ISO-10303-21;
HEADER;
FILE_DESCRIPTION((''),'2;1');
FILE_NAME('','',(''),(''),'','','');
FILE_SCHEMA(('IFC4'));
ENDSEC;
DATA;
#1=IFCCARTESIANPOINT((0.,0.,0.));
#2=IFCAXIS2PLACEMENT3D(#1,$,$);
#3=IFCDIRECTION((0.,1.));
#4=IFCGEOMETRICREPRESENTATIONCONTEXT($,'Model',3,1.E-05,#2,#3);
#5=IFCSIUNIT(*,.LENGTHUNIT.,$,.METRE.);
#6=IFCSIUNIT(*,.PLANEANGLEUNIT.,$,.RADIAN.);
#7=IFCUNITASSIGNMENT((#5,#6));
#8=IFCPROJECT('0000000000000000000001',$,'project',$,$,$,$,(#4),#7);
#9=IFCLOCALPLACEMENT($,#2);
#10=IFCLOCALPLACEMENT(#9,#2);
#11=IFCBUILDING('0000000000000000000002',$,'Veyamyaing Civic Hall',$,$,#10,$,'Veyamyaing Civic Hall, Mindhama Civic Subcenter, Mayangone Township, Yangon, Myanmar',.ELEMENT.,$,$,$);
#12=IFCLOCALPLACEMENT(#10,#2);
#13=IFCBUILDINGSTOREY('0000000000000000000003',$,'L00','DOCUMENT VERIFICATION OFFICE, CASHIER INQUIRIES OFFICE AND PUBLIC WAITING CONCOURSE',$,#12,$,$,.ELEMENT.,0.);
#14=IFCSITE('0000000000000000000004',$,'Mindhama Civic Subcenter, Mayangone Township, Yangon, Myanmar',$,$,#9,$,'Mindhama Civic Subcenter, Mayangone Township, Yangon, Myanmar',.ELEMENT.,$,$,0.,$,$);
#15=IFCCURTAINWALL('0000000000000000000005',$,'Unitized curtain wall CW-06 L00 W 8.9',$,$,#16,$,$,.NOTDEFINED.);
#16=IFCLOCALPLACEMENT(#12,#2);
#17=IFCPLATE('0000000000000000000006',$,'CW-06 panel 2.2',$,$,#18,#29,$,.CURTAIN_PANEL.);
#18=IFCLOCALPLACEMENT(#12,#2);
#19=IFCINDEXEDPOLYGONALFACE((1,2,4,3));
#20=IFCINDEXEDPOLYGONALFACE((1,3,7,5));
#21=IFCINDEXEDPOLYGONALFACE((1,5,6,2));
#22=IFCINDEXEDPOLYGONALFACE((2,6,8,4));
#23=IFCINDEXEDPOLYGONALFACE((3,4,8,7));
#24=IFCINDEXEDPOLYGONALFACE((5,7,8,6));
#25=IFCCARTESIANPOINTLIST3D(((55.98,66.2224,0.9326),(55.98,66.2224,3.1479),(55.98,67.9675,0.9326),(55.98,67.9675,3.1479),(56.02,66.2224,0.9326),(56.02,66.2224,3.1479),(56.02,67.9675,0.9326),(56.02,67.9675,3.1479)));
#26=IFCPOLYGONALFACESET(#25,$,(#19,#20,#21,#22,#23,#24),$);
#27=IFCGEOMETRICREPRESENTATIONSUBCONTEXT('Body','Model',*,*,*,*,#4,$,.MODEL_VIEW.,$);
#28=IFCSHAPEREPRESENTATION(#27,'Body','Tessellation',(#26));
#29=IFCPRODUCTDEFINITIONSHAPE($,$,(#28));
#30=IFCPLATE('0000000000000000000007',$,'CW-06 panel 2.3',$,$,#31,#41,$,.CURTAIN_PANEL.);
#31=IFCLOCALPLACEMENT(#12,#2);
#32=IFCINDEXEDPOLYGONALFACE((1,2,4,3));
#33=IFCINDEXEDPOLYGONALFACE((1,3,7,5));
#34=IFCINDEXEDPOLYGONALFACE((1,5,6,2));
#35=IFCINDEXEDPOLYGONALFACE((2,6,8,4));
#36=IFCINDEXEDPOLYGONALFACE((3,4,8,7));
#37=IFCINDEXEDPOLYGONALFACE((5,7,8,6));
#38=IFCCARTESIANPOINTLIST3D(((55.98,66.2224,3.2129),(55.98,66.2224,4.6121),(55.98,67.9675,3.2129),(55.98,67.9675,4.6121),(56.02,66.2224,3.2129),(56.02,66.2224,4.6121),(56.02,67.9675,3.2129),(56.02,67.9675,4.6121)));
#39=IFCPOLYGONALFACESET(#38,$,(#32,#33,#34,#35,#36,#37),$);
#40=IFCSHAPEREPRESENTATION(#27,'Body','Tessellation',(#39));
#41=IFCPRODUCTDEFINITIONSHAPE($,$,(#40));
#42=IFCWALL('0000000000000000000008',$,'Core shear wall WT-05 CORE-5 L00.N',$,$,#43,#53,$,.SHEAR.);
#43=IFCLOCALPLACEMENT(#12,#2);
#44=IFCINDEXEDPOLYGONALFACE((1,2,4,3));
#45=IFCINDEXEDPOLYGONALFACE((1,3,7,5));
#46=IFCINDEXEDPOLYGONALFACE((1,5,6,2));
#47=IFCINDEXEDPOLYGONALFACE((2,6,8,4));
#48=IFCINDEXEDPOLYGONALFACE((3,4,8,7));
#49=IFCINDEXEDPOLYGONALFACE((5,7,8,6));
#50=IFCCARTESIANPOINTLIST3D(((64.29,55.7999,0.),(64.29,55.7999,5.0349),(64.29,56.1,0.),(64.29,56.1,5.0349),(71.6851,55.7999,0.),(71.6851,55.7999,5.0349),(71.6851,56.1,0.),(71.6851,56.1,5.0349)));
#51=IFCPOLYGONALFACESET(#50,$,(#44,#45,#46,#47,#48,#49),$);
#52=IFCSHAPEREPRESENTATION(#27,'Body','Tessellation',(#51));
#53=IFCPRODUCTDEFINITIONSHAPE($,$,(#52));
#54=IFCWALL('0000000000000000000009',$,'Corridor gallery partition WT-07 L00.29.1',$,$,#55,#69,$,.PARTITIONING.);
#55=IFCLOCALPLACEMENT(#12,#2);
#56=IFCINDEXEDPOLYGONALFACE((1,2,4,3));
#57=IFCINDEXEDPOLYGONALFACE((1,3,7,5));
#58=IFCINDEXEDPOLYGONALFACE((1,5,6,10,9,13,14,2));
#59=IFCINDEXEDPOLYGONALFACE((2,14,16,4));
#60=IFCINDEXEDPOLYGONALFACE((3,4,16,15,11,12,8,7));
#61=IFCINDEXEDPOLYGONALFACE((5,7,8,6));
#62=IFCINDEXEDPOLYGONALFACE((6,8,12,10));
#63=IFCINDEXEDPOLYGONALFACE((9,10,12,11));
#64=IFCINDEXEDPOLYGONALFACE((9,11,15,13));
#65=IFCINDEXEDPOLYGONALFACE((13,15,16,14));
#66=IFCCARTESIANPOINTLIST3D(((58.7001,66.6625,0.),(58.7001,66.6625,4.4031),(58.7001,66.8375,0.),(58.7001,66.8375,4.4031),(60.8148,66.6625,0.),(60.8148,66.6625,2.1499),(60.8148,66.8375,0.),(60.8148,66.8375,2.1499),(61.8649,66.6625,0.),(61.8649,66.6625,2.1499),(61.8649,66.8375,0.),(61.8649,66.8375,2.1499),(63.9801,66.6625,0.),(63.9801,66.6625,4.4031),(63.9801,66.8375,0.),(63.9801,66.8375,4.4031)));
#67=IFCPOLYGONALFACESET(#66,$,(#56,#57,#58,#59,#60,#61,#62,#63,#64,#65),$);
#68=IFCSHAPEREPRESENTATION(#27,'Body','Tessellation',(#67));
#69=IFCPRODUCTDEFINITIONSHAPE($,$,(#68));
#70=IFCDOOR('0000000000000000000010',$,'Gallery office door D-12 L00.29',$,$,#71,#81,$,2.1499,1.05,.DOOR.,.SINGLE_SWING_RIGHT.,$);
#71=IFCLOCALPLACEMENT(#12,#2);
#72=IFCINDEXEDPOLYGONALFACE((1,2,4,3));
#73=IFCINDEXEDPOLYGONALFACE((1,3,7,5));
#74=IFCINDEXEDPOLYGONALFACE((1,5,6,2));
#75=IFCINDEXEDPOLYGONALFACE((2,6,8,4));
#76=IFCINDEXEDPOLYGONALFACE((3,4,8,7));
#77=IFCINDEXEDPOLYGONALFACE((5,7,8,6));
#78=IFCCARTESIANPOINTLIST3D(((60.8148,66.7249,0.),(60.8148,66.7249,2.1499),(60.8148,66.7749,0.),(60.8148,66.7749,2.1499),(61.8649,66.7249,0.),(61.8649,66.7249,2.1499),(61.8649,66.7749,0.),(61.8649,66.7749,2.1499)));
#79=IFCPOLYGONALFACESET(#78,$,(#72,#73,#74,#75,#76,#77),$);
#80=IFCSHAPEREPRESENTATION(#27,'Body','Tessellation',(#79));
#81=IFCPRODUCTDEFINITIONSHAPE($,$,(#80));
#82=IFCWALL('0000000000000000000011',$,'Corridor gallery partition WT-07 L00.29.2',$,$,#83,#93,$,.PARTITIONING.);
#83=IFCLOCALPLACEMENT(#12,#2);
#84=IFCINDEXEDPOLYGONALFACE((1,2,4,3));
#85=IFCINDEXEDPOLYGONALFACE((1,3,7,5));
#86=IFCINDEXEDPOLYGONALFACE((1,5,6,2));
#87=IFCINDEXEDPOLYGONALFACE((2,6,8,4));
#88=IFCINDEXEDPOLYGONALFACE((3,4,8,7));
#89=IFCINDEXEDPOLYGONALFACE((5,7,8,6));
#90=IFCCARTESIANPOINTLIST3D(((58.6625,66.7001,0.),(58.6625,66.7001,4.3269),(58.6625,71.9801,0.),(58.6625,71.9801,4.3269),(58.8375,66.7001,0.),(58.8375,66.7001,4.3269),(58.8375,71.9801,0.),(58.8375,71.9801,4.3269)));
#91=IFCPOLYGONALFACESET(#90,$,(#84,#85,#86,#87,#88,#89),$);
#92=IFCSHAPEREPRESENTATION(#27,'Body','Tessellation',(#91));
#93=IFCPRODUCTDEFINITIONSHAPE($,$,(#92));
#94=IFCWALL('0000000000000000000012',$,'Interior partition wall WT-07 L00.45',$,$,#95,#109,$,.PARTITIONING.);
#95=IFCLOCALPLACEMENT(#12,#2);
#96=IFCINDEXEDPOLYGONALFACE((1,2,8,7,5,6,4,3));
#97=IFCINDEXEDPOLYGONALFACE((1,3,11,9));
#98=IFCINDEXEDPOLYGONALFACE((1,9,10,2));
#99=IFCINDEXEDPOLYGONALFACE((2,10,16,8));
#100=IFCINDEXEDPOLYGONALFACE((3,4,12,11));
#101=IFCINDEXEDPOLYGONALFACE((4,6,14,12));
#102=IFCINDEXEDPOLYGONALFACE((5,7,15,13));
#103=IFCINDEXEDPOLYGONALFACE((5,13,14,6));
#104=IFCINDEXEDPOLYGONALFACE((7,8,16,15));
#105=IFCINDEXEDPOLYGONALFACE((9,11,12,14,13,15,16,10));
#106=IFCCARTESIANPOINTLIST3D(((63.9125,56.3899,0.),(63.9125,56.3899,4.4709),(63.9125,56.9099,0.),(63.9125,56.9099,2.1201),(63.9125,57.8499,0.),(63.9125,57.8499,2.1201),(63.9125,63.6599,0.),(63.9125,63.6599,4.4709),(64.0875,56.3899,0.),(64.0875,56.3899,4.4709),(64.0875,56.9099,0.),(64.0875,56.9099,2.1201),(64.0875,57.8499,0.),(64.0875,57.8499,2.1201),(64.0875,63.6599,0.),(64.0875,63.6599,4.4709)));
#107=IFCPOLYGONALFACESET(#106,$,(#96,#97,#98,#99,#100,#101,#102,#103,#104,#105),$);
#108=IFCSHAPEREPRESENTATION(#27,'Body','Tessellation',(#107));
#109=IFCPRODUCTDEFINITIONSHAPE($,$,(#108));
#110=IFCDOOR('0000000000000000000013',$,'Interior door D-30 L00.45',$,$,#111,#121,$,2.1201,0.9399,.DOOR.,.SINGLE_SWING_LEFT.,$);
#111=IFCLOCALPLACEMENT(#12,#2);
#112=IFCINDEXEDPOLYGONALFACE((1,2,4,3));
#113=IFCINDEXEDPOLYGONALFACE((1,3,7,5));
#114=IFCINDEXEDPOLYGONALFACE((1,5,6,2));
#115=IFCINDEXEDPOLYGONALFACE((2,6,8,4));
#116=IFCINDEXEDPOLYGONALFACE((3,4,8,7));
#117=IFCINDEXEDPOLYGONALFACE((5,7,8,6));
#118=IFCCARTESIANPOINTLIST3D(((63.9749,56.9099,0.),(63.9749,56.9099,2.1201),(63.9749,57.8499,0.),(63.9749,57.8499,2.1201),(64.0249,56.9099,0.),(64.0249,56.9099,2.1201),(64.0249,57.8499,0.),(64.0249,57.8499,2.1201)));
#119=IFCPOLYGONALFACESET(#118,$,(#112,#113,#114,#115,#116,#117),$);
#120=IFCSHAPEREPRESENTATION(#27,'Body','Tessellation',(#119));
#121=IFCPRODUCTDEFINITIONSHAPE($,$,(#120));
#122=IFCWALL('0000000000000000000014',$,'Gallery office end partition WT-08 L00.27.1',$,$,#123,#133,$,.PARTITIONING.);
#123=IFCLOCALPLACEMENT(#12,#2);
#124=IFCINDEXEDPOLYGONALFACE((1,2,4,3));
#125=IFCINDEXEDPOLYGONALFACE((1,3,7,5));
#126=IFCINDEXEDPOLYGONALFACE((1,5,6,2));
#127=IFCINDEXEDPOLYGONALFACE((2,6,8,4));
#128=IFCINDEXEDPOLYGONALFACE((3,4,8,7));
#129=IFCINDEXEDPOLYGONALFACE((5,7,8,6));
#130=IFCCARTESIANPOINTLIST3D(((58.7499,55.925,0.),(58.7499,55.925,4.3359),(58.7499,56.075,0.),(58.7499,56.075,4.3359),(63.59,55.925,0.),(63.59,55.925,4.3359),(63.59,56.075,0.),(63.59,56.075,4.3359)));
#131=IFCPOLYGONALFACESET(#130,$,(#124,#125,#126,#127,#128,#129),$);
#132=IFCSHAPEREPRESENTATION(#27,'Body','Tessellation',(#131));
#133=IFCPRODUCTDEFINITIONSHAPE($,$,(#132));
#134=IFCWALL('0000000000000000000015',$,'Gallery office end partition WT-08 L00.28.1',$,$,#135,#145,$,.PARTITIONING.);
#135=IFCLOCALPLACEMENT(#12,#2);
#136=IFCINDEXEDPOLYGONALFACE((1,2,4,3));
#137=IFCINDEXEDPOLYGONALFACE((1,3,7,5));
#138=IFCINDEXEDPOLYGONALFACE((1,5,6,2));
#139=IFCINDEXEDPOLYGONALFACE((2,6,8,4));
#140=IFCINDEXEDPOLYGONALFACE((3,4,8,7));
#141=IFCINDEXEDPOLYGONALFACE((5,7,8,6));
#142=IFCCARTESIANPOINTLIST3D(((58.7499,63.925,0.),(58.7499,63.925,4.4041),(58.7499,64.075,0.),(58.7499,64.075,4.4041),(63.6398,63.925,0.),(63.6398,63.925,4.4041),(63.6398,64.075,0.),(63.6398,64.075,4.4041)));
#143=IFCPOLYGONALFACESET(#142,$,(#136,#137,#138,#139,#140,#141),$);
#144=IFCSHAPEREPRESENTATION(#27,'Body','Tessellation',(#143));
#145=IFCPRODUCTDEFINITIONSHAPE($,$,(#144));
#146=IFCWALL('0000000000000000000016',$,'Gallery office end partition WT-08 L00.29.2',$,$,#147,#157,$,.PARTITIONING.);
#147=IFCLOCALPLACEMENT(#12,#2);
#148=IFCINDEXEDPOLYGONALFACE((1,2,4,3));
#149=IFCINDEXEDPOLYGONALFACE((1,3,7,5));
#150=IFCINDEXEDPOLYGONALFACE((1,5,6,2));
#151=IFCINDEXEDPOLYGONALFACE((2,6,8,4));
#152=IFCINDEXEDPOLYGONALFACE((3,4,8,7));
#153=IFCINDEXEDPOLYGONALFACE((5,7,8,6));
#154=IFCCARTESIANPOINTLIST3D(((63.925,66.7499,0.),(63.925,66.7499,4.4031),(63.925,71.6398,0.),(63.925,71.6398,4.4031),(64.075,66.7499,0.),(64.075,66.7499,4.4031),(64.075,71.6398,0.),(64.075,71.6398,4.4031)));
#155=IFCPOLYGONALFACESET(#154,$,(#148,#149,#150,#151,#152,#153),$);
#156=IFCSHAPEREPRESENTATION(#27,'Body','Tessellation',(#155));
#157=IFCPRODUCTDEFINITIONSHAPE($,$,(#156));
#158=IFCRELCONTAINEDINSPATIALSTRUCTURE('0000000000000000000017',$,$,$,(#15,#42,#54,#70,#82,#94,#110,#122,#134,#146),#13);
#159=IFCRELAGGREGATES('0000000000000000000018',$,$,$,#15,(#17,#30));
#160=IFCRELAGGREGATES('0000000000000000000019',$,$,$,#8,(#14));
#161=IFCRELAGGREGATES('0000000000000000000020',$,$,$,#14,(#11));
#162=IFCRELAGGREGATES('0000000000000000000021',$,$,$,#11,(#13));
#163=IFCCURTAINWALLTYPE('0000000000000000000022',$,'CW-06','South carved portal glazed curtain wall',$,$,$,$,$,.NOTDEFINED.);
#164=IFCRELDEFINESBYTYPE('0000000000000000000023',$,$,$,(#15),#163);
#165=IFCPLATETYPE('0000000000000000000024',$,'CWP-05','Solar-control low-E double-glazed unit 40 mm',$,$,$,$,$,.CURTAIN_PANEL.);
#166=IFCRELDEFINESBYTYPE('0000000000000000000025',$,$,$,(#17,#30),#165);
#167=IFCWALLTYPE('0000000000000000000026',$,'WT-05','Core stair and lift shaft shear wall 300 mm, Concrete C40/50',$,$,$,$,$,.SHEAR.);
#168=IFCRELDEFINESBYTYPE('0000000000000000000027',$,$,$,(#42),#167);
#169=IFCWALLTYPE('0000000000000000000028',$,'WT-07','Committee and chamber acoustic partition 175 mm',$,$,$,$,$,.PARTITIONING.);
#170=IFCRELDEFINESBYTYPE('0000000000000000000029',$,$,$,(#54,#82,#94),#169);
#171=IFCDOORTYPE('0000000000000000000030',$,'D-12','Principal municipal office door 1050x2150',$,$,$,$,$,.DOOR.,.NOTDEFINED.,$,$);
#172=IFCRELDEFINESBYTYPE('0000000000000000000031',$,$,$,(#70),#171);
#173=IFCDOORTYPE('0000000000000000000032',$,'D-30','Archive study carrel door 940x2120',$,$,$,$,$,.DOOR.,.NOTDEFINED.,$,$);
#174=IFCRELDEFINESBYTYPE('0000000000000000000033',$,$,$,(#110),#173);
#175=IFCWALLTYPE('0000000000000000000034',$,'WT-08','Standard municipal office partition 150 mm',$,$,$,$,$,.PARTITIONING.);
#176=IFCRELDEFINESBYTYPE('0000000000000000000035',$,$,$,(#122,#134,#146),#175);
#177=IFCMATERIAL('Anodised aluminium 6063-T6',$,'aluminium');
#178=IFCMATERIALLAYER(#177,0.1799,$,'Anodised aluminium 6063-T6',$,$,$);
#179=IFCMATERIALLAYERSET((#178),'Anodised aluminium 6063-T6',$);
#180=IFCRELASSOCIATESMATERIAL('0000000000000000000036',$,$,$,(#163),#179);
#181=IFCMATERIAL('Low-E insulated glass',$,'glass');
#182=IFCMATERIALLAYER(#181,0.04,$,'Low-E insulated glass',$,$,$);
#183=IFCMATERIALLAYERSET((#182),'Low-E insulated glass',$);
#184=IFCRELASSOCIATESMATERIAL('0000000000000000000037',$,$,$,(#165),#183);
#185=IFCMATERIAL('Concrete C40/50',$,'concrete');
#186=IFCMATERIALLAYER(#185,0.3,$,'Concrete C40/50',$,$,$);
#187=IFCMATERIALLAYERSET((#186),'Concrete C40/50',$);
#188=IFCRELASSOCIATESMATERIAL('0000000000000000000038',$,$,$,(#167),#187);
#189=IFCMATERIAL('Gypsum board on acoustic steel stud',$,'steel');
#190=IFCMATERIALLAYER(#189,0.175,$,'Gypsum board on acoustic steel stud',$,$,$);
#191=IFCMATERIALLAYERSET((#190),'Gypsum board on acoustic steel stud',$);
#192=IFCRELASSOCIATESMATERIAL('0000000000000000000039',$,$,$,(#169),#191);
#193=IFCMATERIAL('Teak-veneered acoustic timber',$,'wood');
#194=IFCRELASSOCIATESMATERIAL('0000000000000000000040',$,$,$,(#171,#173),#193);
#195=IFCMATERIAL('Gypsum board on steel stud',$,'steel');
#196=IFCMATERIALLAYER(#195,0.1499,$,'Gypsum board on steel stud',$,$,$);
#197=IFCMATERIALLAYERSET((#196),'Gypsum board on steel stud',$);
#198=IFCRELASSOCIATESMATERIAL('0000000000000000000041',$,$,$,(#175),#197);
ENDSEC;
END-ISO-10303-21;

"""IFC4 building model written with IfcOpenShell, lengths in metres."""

from ifc_helpers import new_model, si_unit, direction, frame, frame_2d, origin, origin_2d, place, context, subcontext, project, spatial, rectangle, extrude, material, layer, layer_set, type_object, element, fill, aggregate, save


model = new_model("IFC4")

# Units and contexts
model_context = context("Model", 3, precision=1e-05, world=origin(), true_north=direction((0.0, 1.0)))
body_context = subcontext(model_context, "Body", "Model", "MODEL_VIEW")
ifc_project = project(units=[si_unit("LENGTHUNIT", "METRE"), si_unit("PLANEANGLEUNIT", "RADIAN")], contexts=[model_context])

# Site, building, storey
site_placement = place(None, origin())
site = spatial("IfcSite", under=ifc_project, at=site_placement, Name="Mindhama Civic Subcenter, Mayangone Township, Yangon, Myanmar", LongName="Mindhama Civic Subcenter, Mayangone Township, Yangon, Myanmar", CompositionType="ELEMENT", RefElevation=0.0)
building_placement = place(site_placement, origin())
building = spatial("IfcBuilding", under=site, at=building_placement, Name="Veyamyaing Civic Hall", LongName="Veyamyaing Civic Hall, Mindhama Civic Subcenter, Mayangone Township, Yangon, Myanmar", CompositionType="ELEMENT")
storey_placement = place(building_placement, origin())
storey = spatial("IfcBuildingStorey", under=building, at=storey_placement, Name="L00", Description="DOCUMENT VERIFICATION OFFICE, CASHIER INQUIRIES OFFICE AND PUBLIC WAITING CONCOURSE", CompositionType="ELEMENT", Elevation=0.0)

# Curtain wall
ifc_material_1 = material(Name="Anodised aluminium 6063-T6", Category="aluminium")
ifc_layer_1 = layer(ifc_material_1, 0.1799, Name="Anodised aluminium 6063-T6")
ifc_layer_set_1 = layer_set([ifc_layer_1], Name="Anodised aluminium 6063-T6")
curtain_wall_type = type_object("IfcCurtainWallType", Name="CW-06", Description="South carved portal glazed curtain wall", PredefinedType="NOTDEFINED", material=ifc_layer_set_1)
curtain_wall_placement = place(storey_placement, origin())
curtain_wall = element("IfcCurtainWall", 1, at=curtain_wall_placement, inside=storey, type_object=curtain_wall_type, Name="Unitized curtain wall CW-06 L00 W 8.9", PredefinedType="NOTDEFINED")

# Plates
ifc_material_2 = material(Name="Low-E insulated glass", Category="glass")
ifc_layer_2 = layer(ifc_material_2, 0.04, Name="Low-E insulated glass")
ifc_layer_set_2 = layer_set([ifc_layer_2], Name="Low-E insulated glass")
plate_type = type_object("IfcPlateType", Name="CWP-05", Description="Solar-control low-E double-glazed unit 40 mm", PredefinedType="CURTAIN_PANEL", material=ifc_layer_set_2)
plate_1_placement = place(storey_placement, frame((56.0, 67.095, 0.9326), z_axis=(0.0, 0.0, 1.0), x_axis=(0.0, 1.0, 0.0)))
plate_1 = element("IfcPlate", 2, at=plate_1_placement, type_object=plate_type, Name="CW-06 panel 2.2", PredefinedType="CURTAIN_PANEL", context=body_context, shape_type="SweptSolid", body=[
    extrude(rectangle(XDim=1.7451, YDim=0.04, at=origin_2d()), origin(), (0.0, 0.0, 1.0), 2.2153),
])
plate_2_placement = place(storey_placement, frame((56.0, 67.095, 3.2129), z_axis=(0.0, 0.0, 1.0), x_axis=(0.0, 1.0, 0.0)))
plate_2 = element("IfcPlate", 3, at=plate_2_placement, type_object=plate_type, Name="CW-06 panel 2.3", PredefinedType="CURTAIN_PANEL", context=body_context, shape_type="SweptSolid", body=[
    extrude(rectangle(XDim=1.7451, YDim=0.04, at=origin_2d()), origin(), (0.0, 0.0, 1.0), 1.3992),
])
aggregate(curtain_wall, [plate_1, plate_2])

# Wall
ifc_material_3 = material(Name="Concrete C40/50", Category="concrete")
ifc_layer_3 = layer(ifc_material_3, 0.3, Name="Concrete C40/50")
ifc_layer_set_3 = layer_set([ifc_layer_3], Name="Concrete C40/50")
wall_type_1 = type_object("IfcWallType", Name="WT-05", Description="Core stair and lift shaft shear wall 300 mm, Concrete C40/50", PredefinedType="SHEAR", material=ifc_layer_set_3)
wall_1_placement = place(storey_placement, frame((64.29, 55.95, 0.0), z_axis=(0.0, 0.0, 1.0), x_axis=(1.0, 0.0, 0.0)))
element("IfcWall", 4, at=wall_1_placement, inside=storey, type_object=wall_type_1, Name="Core shear wall WT-05 CORE-5 L00.N", PredefinedType="SHEAR", context=body_context, shape_type="SweptSolid", body=[
    extrude(rectangle(XDim=7.395, YDim=0.3, at=frame_2d((3.6975, 0.0))), origin(), (0.0, 0.0, 1.0), 5.0349),
])

# Wall, opening, door
ifc_material_4 = material(Name="Gypsum board on acoustic steel stud", Category="steel")
ifc_layer_4 = layer(ifc_material_4, 0.175, Name="Gypsum board on acoustic steel stud")
ifc_layer_set_4 = layer_set([ifc_layer_4], Name="Gypsum board on acoustic steel stud")
wall_type_2 = type_object("IfcWallType", Name="WT-07", Description="Committee and chamber acoustic partition 175 mm", PredefinedType="PARTITIONING", material=ifc_layer_set_4)
wall_2_placement = place(storey_placement, frame((58.7, 66.75, 0.0), z_axis=(0.0, 0.0, 1.0), x_axis=(1.0, 0.0, 0.0)))
wall_2 = element("IfcWall", 5, at=wall_2_placement, inside=storey, type_object=wall_type_2, Name="Corridor gallery partition WT-07 L00.29.1", PredefinedType="PARTITIONING", context=body_context, shape_type="SweptSolid", body=[
    extrude(rectangle(XDim=5.28, YDim=0.175, at=frame_2d((2.6401, 0.0))), origin(), (0.0, 0.0, 1.0), 4.4031),
])
opening_1_placement = place(wall_2_placement, frame((2.115, 0.0, 0.0)))
opening_1 = element("IfcOpeningElement", 6, at=opening_1_placement, cuts=wall_2, PredefinedType="OPENING", context=body_context, shape_type="SweptSolid", body=[
    extrude(rectangle(XDim=1.05, YDim=2.1499, at=frame_2d((0.5249, 1.075))), frame((0.0, 0.0974, 0.0), z_axis=(0.0, -1.0, 0.0), x_axis=(1.0, 0.0, 0.0)), (0.0, 0.0, 1.0), 0.1951),
])
ifc_material_5 = material(Name="Teak-veneered acoustic timber", Category="wood")
door_type_1 = type_object("IfcDoorType", Name="D-12", Description="Principal municipal office door 1050x2150", OperationType="NOTDEFINED", PredefinedType="DOOR", material=ifc_material_5)
door_1_placement = place(opening_1_placement, origin())
door_1 = element("IfcDoor", 7, at=door_1_placement, inside=storey, type_object=door_type_1, Name="Gallery office door D-12 L00.29", OperationType="SINGLE_SWING_RIGHT", OverallHeight=2.1499, OverallWidth=1.05, PredefinedType="DOOR", context=body_context, shape_type="SweptSolid", body=[
    extrude(rectangle(XDim=1.05, YDim=2.1499, at=frame_2d((0.5249, 1.075))), frame((0.0, 0.0249, 0.0), z_axis=(0.0, -1.0, 0.0), x_axis=(1.0, 0.0, 0.0)), (0.0, 0.0, 1.0), 0.05),
])
fill(opening_1, door_1)

# Wall
wall_3_placement = place(storey_placement, frame((58.75, 66.7, 0.0), z_axis=(0.0, 0.0, 1.0), x_axis=(0.0, 1.0, 0.0)))
element("IfcWall", 8, at=wall_3_placement, inside=storey, type_object=wall_type_2, Name="Corridor gallery partition WT-07 L00.29.2", PredefinedType="PARTITIONING", context=body_context, shape_type="SweptSolid", body=[
    extrude(rectangle(XDim=5.28, YDim=0.175, at=frame_2d((2.6401, 0.0))), origin(), (0.0, 0.0, 1.0), 4.3269),
])

# Wall, opening, door
wall_4_placement = place(storey_placement, frame((64.0, 56.3899, 0.0), z_axis=(0.0, 0.0, 1.0), x_axis=(0.0, 1.0, 0.0)))
wall_4 = element("IfcWall", 9, at=wall_4_placement, inside=storey, type_object=wall_type_2, Name="Interior partition wall WT-07 L00.45", PredefinedType="PARTITIONING", context=body_context, shape_type="SweptSolid", body=[
    extrude(rectangle(XDim=7.27, YDim=0.175, at=frame_2d((3.635, 0.0))), origin(), (0.0, 0.0, 1.0), 4.4709),
])
opening_2_placement = place(wall_4_placement, frame((0.52, 0.0, 0.0)))
opening_2 = element("IfcOpeningElement", 10, at=opening_2_placement, cuts=wall_4, PredefinedType="OPENING", context=body_context, shape_type="SweptSolid", body=[
    extrude(rectangle(XDim=0.9399, YDim=2.1201, at=frame_2d((0.47, 1.0601))), frame((0.0, 0.0974, 0.0), z_axis=(0.0, -1.0, 0.0), x_axis=(1.0, 0.0, 0.0)), (0.0, 0.0, 1.0), 0.1951),
])
door_type_2 = type_object("IfcDoorType", Name="D-30", Description="Archive study carrel door 940x2120", OperationType="NOTDEFINED", PredefinedType="DOOR", material=ifc_material_5)
door_2_placement = place(opening_2_placement, frame((0.9399, 0.0, 0.0), z_axis=(0.0, 0.0, 1.0), x_axis=(-1.0, 0.0, 0.0)))
door_2 = element("IfcDoor", 11, at=door_2_placement, inside=storey, type_object=door_type_2, Name="Interior door D-30 L00.45", OperationType="SINGLE_SWING_LEFT", OverallHeight=2.1201, OverallWidth=0.9399, PredefinedType="DOOR", context=body_context, shape_type="SweptSolid", body=[
    extrude(rectangle(XDim=0.9399, YDim=2.1201, at=frame_2d((0.47, 1.0601))), frame((0.0, 0.0249, 0.0), z_axis=(0.0, -1.0, 0.0), x_axis=(1.0, 0.0, 0.0)), (0.0, 0.0, 1.0), 0.05),
])
fill(opening_2, door_2)

# Walls
ifc_material_6 = material(Name="Gypsum board on steel stud", Category="steel")
ifc_layer_5 = layer(ifc_material_6, 0.1499, Name="Gypsum board on steel stud")
ifc_layer_set_5 = layer_set([ifc_layer_5], Name="Gypsum board on steel stud")
wall_type_3 = type_object("IfcWallType", Name="WT-08", Description="Standard municipal office partition 150 mm", PredefinedType="PARTITIONING", material=ifc_layer_set_5)
wall_5_placement = place(storey_placement, frame((58.75, 56.0, 0.0), z_axis=(0.0, 0.0, 1.0), x_axis=(1.0, 0.0, 0.0)))
element("IfcWall", 12, at=wall_5_placement, inside=storey, type_object=wall_type_3, Name="Gallery office end partition WT-08 L00.27.1", PredefinedType="PARTITIONING", context=body_context, shape_type="SweptSolid", body=[
    extrude(rectangle(XDim=4.8401, YDim=0.1499, at=frame_2d((2.4199, 0.0))), origin(), (0.0, 0.0, 1.0), 4.3359),
])
wall_6_placement = place(storey_placement, frame((58.75, 64.0, 0.0), z_axis=(0.0, 0.0, 1.0), x_axis=(1.0, 0.0, 0.0)))
element("IfcWall", 13, at=wall_6_placement, inside=storey, type_object=wall_type_3, Name="Gallery office end partition WT-08 L00.28.1", PredefinedType="PARTITIONING", context=body_context, shape_type="SweptSolid", body=[
    extrude(rectangle(XDim=4.8899, YDim=0.1499, at=frame_2d((2.4448, 0.0))), origin(), (0.0, 0.0, 1.0), 4.4041),
])
wall_7_placement = place(storey_placement, frame((64.0, 66.75, 0.0), z_axis=(0.0, 0.0, 1.0), x_axis=(0.0, 1.0, 0.0)))
element("IfcWall", 14, at=wall_7_placement, inside=storey, type_object=wall_type_3, Name="Gallery office end partition WT-08 L00.29.2", PredefinedType="PARTITIONING", context=body_context, shape_type="SweptSolid", body=[
    extrude(rectangle(XDim=4.8899, YDim=0.1499, at=frame_2d((2.4448, 0.0))), origin(), (0.0, 0.0, 1.0), 4.4031),
])

save(model, "model.ifc")
